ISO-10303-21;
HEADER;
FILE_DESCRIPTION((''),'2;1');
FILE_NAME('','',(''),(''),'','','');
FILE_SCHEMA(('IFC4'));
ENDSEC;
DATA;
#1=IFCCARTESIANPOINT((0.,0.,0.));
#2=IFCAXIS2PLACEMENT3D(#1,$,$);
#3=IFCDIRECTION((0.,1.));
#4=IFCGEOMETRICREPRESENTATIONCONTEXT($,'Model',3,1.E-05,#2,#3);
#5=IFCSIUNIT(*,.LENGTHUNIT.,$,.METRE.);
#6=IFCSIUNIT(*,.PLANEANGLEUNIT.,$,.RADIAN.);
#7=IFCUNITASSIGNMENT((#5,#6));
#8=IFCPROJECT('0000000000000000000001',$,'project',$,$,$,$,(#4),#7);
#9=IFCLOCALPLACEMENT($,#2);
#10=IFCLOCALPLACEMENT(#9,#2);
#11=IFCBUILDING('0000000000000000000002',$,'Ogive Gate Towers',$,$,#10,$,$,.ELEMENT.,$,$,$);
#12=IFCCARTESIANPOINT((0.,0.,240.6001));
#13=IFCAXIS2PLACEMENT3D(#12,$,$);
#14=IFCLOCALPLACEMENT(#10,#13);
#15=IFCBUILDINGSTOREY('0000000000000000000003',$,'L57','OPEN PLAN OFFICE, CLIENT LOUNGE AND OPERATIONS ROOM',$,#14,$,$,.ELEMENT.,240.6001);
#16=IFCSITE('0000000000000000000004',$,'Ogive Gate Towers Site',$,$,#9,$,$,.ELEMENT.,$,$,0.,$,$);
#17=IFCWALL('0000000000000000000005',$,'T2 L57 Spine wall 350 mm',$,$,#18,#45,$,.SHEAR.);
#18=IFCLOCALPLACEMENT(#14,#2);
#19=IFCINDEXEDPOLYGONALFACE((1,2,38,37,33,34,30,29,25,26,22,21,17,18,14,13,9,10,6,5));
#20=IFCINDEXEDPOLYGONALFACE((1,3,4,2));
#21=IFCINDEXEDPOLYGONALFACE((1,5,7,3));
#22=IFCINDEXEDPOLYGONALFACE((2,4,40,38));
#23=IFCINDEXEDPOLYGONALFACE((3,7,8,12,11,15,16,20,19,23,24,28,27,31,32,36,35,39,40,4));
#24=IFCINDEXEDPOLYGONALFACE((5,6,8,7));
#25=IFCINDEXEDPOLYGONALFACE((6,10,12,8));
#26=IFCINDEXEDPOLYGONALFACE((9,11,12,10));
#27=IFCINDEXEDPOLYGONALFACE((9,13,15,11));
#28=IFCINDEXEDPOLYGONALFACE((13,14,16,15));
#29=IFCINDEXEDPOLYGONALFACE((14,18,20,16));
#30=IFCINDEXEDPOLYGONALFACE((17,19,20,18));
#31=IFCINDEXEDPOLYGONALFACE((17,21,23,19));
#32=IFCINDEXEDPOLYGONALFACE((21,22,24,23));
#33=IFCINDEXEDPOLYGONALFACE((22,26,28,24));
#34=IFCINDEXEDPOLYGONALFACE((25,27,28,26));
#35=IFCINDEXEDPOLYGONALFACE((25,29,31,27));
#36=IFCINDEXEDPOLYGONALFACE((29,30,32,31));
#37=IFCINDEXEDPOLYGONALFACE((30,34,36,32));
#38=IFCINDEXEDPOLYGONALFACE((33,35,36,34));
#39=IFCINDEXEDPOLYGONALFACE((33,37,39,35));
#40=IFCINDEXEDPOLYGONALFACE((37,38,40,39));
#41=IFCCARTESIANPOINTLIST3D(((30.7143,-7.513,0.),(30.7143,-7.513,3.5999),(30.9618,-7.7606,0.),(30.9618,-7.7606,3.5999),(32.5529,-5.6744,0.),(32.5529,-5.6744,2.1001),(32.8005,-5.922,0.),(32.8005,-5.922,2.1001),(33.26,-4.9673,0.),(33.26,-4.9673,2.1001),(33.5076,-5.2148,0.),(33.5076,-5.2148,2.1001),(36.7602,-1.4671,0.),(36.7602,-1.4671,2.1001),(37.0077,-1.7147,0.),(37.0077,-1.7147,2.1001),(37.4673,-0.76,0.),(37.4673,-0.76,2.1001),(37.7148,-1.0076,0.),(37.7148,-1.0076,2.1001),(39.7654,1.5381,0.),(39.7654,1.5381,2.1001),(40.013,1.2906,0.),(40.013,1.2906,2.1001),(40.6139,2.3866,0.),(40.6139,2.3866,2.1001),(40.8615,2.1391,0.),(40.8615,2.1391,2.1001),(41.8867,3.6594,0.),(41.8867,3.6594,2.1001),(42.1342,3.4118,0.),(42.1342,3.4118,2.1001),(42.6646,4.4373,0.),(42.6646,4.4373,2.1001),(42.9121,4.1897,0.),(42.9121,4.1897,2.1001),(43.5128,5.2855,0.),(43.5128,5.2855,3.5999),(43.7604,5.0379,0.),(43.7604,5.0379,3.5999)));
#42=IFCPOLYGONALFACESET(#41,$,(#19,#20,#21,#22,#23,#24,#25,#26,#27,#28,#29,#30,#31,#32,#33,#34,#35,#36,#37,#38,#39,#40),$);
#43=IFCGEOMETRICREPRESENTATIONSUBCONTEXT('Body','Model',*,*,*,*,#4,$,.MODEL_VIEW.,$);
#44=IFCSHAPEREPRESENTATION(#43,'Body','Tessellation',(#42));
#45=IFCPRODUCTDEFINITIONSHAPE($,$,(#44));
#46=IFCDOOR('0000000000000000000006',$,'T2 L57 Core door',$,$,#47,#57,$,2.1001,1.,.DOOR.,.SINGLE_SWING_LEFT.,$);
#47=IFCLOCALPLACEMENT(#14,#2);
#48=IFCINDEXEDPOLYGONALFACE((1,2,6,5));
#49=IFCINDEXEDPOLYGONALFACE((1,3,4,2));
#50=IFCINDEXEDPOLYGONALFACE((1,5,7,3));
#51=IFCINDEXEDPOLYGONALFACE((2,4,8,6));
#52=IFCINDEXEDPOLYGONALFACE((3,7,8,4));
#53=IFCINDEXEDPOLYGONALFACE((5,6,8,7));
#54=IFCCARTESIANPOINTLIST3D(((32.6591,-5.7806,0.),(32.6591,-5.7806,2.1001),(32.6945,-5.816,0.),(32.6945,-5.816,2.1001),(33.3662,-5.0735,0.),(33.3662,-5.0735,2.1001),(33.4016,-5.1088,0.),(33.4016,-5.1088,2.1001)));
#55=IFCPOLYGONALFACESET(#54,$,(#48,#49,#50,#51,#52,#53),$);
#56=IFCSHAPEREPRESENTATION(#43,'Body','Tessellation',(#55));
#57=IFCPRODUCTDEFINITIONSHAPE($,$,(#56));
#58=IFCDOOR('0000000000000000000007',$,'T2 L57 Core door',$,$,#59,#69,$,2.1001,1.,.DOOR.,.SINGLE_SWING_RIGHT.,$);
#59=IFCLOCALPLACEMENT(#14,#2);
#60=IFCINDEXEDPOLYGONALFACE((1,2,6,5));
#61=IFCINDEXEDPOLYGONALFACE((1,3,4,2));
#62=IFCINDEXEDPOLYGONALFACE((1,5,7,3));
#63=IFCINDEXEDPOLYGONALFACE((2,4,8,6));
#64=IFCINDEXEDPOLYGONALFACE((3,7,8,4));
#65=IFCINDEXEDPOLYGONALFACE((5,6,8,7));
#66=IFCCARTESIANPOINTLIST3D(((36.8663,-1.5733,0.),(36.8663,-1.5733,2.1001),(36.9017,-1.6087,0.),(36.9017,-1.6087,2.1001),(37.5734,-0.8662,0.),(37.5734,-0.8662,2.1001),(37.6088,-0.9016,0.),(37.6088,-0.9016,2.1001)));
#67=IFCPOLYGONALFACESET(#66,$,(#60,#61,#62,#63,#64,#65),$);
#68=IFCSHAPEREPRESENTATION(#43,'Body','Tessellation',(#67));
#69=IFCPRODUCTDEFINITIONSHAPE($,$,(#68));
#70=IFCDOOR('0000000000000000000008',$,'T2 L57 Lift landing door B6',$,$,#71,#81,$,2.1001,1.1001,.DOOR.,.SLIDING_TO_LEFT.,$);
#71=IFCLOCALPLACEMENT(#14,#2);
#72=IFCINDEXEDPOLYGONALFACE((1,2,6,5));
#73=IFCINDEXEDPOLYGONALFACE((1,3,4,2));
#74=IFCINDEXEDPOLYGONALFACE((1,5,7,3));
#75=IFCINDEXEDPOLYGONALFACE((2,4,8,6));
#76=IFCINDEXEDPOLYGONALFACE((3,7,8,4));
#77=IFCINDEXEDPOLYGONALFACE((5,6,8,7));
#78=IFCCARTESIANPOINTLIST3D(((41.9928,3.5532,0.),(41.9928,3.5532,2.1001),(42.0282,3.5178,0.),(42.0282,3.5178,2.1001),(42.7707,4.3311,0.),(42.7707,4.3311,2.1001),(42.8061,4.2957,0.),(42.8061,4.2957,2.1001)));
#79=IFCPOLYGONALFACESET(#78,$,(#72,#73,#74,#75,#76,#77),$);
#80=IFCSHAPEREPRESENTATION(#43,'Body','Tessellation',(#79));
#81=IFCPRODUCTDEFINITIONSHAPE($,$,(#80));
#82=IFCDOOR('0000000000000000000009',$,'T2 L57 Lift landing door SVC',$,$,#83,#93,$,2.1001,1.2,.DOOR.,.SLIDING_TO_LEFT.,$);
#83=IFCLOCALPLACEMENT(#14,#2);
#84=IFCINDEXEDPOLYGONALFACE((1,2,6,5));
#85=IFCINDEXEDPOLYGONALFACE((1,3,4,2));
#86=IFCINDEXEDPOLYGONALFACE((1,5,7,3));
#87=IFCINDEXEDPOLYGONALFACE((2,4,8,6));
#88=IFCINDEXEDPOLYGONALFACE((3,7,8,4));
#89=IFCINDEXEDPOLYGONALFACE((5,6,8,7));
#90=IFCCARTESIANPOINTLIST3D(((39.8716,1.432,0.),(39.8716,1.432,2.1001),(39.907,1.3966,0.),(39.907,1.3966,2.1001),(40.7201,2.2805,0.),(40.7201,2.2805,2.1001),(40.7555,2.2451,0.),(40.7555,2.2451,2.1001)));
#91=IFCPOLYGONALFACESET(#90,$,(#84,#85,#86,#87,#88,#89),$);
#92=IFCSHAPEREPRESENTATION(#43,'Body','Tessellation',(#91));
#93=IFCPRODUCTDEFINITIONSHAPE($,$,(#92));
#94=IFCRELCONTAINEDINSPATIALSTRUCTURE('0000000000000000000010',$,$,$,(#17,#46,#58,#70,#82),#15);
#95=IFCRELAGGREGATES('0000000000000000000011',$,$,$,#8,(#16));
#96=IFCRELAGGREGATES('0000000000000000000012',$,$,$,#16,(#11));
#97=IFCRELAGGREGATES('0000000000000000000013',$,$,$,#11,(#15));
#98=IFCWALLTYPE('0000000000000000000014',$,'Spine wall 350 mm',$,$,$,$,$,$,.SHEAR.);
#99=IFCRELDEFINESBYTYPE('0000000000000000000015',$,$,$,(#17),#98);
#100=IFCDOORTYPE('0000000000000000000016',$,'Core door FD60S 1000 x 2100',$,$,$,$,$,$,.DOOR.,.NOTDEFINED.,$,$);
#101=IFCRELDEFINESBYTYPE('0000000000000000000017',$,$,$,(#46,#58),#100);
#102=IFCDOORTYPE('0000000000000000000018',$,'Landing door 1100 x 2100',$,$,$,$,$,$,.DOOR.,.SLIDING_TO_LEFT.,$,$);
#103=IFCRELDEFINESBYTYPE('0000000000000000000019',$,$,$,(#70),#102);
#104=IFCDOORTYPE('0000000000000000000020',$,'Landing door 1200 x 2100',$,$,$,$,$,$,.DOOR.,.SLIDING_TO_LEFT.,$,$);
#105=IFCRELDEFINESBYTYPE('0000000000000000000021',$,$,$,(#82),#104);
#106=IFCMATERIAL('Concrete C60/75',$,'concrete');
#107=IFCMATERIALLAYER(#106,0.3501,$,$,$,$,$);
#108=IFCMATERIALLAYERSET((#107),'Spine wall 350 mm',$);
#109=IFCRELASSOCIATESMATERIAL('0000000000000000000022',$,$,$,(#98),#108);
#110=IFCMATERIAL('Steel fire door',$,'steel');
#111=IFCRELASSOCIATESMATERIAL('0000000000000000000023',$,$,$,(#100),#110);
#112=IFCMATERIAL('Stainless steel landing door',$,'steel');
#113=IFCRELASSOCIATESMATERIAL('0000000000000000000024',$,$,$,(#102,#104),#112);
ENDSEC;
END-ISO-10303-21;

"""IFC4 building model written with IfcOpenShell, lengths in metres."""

from ifc_helpers import new_model, si_unit, direction, frame, frame_2d, origin, place, context, subcontext, project, spatial, rectangle, extrude, material, layer, layer_set, type_object, element, fill, save


model = new_model("IFC4")

# Units and contexts
model_context = context("Model", 3, precision=1e-05, world=origin(), true_north=direction((0.0, 1.0)))
body_context = subcontext(model_context, "Body", "Model", "MODEL_VIEW")
ifc_project = project(units=[si_unit("LENGTHUNIT", "METRE"), si_unit("PLANEANGLEUNIT", "RADIAN")], contexts=[model_context])

# Site, building, storey
site_placement = place(None, origin())
site = spatial("IfcSite", under=ifc_project, at=site_placement, Name="Ogive Gate Towers Site", CompositionType="ELEMENT", RefElevation=0.0)
building_placement = place(site_placement, origin())
building = spatial("IfcBuilding", under=site, at=building_placement, Name="Ogive Gate Towers", CompositionType="ELEMENT")
storey_placement = place(building_placement, frame((0.0, 0.0, 240.6001)))
storey = spatial("IfcBuildingStorey", under=building, at=storey_placement, Name="L57", Description="OPEN PLAN OFFICE, CLIENT LOUNGE AND OPERATIONS ROOM", CompositionType="ELEMENT", Elevation=240.6001)

# Shared definitions
ifc_material_1 = material(Name="Concrete C60/75", Category="concrete")

# Wall, openings, doors
ifc_layer_1 = layer(ifc_material_1, 0.3501)
ifc_layer_set_1 = layer_set([ifc_layer_1], Name="Spine wall 350 mm")
wall_type_1 = type_object("IfcWallType", Name="Spine wall 350 mm", PredefinedType="SHEAR", material=ifc_layer_set_1)
wall_1_placement = place(storey_placement, frame((30.8381, -7.6367, 0.0), z_axis=(0.0, 0.0, 1.0), x_axis=(0.707107, 0.707107, 0.0)))
wall_1 = element("IfcWall", 1, at=wall_1_placement, inside=storey, type_object=wall_type_1, Name="T2 L57 Spine wall 350 mm", PredefinedType="SHEAR", context=body_context, shape_type="SweptSolid", body=[
    extrude(rectangle(XDim=18.0999, YDim=0.3501, at=frame_2d((9.0498, 0.0))), origin(), (0.0, 0.0, 1.0), 3.5999),
])
opening_1_placement = place(wall_1_placement, frame((12.8, 0.0, 0.0)))
opening_1 = element("IfcOpeningElement", 2, at=opening_1_placement, cuts=wall_1, PredefinedType="OPENING", context=body_context, shape_type="SweptSolid", body=[
    extrude(rectangle(XDim=1.2, YDim=2.1001, at=frame_2d((0.6001, 1.05))), frame((0.0, 0.1851, 0.0), z_axis=(0.0, -1.0, 0.0), x_axis=(1.0, 0.0, 0.0)), (0.0, 0.0, 1.0), 0.3701),
])
opening_2_placement = place(wall_1_placement, frame((15.8, 0.0, 0.0)))
opening_2 = element("IfcOpeningElement", 3, at=opening_2_placement, cuts=wall_1, PredefinedType="OPENING", context=body_context, shape_type="SweptSolid", body=[
    extrude(rectangle(XDim=1.1001, YDim=2.1001, at=frame_2d((0.55, 1.05))), frame((0.0, 0.1851, 0.0), z_axis=(0.0, -1.0, 0.0), x_axis=(1.0, 0.0, 0.0)), (0.0, 0.0, 1.0), 0.3701),
])
opening_3_placement = place(wall_1_placement, frame((2.6001, 0.0, 0.0)))
opening_3 = element("IfcOpeningElement", 4, at=opening_3_placement, cuts=wall_1, PredefinedType="OPENING", context=body_context, shape_type="SweptSolid", body=[
    extrude(rectangle(XDim=1.0, YDim=2.1001, at=frame_2d((0.5, 1.05))), frame((0.0, 0.1851, 0.0), z_axis=(0.0, -1.0, 0.0), x_axis=(1.0, 0.0, 0.0)), (0.0, 0.0, 1.0), 0.3701),
])
opening_4_placement = place(wall_1_placement, frame((8.55, 0.0, 0.0)))
opening_4 = element("IfcOpeningElement", 5, at=opening_4_placement, cuts=wall_1, PredefinedType="OPENING", context=body_context, shape_type="SweptSolid", body=[
    extrude(rectangle(XDim=1.0, YDim=2.1001, at=frame_2d((0.5, 1.05))), frame((0.0, 0.1851, 0.0), z_axis=(0.0, -1.0, 0.0), x_axis=(1.0, 0.0, 0.0)), (0.0, 0.0, 1.0), 0.3701),
])
ifc_material_2 = material(Name="Steel fire door", Category="steel")
door_type_1 = type_object("IfcDoorType", Name="Core door FD60S 1000 x 2100", OperationType="NOTDEFINED", PredefinedType="DOOR", material=ifc_material_2)
door_1_placement = place(opening_3_placement, origin())
door_1 = element("IfcDoor", 6, at=door_1_placement, inside=storey, type_object=door_type_1, Name="T2 L57 Core door", OperationType="SINGLE_SWING_LEFT", OverallHeight=2.1001, OverallWidth=1.0, PredefinedType="DOOR", context=body_context, shape_type="SweptSolid", body=[
    extrude(rectangle(XDim=1.0, YDim=2.1001, at=frame_2d((0.5, 1.05))), frame((0.0, 0.0249, 0.0), z_axis=(0.0, -1.0, 0.0), x_axis=(1.0, 0.0, 0.0)), (0.0, 0.0, 1.0), 0.05),
])
fill(opening_3, door_1)
door_2_placement = place(opening_4_placement, origin())
door_2 = element("IfcDoor", 7, at=door_2_placement, inside=storey, type_object=door_type_1, Name="T2 L57 Core door", OperationType="SINGLE_SWING_RIGHT", OverallHeight=2.1001, OverallWidth=1.0, PredefinedType="DOOR", context=body_context, shape_type="SweptSolid", body=[
    extrude(rectangle(XDim=1.0, YDim=2.1001, at=frame_2d((0.5, 1.05))), frame((0.0, 0.0249, 0.0), z_axis=(0.0, -1.0, 0.0), x_axis=(1.0, 0.0, 0.0)), (0.0, 0.0, 1.0), 0.05),
])
fill(opening_4, door_2)
ifc_material_3 = material(Name="Stainless steel landing door", Category="steel")
door_type_2 = type_object("IfcDoorType", Name="Landing door 1100 x 2100", OperationType="SLIDING_TO_LEFT", PredefinedType="DOOR", material=ifc_material_3)
door_3_placement = place(opening_2_placement, origin())
door_3 = element("IfcDoor", 8, at=door_3_placement, inside=storey, type_object=door_type_2, Name="T2 L57 Lift landing door B6", OperationType="SLIDING_TO_LEFT", OverallHeight=2.1001, OverallWidth=1.1001, PredefinedType="DOOR", context=body_context, shape_type="SweptSolid", body=[
    extrude(rectangle(XDim=1.1001, YDim=2.1001, at=frame_2d((0.55, 1.05))), frame((0.0, 0.0249, 0.0), z_axis=(0.0, -1.0, 0.0), x_axis=(1.0, 0.0, 0.0)), (0.0, 0.0, 1.0), 0.05),
])
fill(opening_2, door_3)
door_type_3 = type_object("IfcDoorType", Name="Landing door 1200 x 2100", OperationType="SLIDING_TO_LEFT", PredefinedType="DOOR", material=ifc_material_3)
door_4_placement = place(opening_1_placement, origin())
door_4 = element("IfcDoor", 9, at=door_4_placement, inside=storey, type_object=door_type_3, Name="T2 L57 Lift landing door SVC", OperationType="SLIDING_TO_LEFT", OverallHeight=2.1001, OverallWidth=1.2, PredefinedType="DOOR", context=body_context, shape_type="SweptSolid", body=[
    extrude(rectangle(XDim=1.2, YDim=2.1001, at=frame_2d((0.6001, 1.05))), frame((0.0, 0.0249, 0.0), z_axis=(0.0, -1.0, 0.0), x_axis=(1.0, 0.0, 0.0)), (0.0, 0.0, 1.0), 0.05),
])
fill(opening_1, door_4)

save(model, "model.ifc")
